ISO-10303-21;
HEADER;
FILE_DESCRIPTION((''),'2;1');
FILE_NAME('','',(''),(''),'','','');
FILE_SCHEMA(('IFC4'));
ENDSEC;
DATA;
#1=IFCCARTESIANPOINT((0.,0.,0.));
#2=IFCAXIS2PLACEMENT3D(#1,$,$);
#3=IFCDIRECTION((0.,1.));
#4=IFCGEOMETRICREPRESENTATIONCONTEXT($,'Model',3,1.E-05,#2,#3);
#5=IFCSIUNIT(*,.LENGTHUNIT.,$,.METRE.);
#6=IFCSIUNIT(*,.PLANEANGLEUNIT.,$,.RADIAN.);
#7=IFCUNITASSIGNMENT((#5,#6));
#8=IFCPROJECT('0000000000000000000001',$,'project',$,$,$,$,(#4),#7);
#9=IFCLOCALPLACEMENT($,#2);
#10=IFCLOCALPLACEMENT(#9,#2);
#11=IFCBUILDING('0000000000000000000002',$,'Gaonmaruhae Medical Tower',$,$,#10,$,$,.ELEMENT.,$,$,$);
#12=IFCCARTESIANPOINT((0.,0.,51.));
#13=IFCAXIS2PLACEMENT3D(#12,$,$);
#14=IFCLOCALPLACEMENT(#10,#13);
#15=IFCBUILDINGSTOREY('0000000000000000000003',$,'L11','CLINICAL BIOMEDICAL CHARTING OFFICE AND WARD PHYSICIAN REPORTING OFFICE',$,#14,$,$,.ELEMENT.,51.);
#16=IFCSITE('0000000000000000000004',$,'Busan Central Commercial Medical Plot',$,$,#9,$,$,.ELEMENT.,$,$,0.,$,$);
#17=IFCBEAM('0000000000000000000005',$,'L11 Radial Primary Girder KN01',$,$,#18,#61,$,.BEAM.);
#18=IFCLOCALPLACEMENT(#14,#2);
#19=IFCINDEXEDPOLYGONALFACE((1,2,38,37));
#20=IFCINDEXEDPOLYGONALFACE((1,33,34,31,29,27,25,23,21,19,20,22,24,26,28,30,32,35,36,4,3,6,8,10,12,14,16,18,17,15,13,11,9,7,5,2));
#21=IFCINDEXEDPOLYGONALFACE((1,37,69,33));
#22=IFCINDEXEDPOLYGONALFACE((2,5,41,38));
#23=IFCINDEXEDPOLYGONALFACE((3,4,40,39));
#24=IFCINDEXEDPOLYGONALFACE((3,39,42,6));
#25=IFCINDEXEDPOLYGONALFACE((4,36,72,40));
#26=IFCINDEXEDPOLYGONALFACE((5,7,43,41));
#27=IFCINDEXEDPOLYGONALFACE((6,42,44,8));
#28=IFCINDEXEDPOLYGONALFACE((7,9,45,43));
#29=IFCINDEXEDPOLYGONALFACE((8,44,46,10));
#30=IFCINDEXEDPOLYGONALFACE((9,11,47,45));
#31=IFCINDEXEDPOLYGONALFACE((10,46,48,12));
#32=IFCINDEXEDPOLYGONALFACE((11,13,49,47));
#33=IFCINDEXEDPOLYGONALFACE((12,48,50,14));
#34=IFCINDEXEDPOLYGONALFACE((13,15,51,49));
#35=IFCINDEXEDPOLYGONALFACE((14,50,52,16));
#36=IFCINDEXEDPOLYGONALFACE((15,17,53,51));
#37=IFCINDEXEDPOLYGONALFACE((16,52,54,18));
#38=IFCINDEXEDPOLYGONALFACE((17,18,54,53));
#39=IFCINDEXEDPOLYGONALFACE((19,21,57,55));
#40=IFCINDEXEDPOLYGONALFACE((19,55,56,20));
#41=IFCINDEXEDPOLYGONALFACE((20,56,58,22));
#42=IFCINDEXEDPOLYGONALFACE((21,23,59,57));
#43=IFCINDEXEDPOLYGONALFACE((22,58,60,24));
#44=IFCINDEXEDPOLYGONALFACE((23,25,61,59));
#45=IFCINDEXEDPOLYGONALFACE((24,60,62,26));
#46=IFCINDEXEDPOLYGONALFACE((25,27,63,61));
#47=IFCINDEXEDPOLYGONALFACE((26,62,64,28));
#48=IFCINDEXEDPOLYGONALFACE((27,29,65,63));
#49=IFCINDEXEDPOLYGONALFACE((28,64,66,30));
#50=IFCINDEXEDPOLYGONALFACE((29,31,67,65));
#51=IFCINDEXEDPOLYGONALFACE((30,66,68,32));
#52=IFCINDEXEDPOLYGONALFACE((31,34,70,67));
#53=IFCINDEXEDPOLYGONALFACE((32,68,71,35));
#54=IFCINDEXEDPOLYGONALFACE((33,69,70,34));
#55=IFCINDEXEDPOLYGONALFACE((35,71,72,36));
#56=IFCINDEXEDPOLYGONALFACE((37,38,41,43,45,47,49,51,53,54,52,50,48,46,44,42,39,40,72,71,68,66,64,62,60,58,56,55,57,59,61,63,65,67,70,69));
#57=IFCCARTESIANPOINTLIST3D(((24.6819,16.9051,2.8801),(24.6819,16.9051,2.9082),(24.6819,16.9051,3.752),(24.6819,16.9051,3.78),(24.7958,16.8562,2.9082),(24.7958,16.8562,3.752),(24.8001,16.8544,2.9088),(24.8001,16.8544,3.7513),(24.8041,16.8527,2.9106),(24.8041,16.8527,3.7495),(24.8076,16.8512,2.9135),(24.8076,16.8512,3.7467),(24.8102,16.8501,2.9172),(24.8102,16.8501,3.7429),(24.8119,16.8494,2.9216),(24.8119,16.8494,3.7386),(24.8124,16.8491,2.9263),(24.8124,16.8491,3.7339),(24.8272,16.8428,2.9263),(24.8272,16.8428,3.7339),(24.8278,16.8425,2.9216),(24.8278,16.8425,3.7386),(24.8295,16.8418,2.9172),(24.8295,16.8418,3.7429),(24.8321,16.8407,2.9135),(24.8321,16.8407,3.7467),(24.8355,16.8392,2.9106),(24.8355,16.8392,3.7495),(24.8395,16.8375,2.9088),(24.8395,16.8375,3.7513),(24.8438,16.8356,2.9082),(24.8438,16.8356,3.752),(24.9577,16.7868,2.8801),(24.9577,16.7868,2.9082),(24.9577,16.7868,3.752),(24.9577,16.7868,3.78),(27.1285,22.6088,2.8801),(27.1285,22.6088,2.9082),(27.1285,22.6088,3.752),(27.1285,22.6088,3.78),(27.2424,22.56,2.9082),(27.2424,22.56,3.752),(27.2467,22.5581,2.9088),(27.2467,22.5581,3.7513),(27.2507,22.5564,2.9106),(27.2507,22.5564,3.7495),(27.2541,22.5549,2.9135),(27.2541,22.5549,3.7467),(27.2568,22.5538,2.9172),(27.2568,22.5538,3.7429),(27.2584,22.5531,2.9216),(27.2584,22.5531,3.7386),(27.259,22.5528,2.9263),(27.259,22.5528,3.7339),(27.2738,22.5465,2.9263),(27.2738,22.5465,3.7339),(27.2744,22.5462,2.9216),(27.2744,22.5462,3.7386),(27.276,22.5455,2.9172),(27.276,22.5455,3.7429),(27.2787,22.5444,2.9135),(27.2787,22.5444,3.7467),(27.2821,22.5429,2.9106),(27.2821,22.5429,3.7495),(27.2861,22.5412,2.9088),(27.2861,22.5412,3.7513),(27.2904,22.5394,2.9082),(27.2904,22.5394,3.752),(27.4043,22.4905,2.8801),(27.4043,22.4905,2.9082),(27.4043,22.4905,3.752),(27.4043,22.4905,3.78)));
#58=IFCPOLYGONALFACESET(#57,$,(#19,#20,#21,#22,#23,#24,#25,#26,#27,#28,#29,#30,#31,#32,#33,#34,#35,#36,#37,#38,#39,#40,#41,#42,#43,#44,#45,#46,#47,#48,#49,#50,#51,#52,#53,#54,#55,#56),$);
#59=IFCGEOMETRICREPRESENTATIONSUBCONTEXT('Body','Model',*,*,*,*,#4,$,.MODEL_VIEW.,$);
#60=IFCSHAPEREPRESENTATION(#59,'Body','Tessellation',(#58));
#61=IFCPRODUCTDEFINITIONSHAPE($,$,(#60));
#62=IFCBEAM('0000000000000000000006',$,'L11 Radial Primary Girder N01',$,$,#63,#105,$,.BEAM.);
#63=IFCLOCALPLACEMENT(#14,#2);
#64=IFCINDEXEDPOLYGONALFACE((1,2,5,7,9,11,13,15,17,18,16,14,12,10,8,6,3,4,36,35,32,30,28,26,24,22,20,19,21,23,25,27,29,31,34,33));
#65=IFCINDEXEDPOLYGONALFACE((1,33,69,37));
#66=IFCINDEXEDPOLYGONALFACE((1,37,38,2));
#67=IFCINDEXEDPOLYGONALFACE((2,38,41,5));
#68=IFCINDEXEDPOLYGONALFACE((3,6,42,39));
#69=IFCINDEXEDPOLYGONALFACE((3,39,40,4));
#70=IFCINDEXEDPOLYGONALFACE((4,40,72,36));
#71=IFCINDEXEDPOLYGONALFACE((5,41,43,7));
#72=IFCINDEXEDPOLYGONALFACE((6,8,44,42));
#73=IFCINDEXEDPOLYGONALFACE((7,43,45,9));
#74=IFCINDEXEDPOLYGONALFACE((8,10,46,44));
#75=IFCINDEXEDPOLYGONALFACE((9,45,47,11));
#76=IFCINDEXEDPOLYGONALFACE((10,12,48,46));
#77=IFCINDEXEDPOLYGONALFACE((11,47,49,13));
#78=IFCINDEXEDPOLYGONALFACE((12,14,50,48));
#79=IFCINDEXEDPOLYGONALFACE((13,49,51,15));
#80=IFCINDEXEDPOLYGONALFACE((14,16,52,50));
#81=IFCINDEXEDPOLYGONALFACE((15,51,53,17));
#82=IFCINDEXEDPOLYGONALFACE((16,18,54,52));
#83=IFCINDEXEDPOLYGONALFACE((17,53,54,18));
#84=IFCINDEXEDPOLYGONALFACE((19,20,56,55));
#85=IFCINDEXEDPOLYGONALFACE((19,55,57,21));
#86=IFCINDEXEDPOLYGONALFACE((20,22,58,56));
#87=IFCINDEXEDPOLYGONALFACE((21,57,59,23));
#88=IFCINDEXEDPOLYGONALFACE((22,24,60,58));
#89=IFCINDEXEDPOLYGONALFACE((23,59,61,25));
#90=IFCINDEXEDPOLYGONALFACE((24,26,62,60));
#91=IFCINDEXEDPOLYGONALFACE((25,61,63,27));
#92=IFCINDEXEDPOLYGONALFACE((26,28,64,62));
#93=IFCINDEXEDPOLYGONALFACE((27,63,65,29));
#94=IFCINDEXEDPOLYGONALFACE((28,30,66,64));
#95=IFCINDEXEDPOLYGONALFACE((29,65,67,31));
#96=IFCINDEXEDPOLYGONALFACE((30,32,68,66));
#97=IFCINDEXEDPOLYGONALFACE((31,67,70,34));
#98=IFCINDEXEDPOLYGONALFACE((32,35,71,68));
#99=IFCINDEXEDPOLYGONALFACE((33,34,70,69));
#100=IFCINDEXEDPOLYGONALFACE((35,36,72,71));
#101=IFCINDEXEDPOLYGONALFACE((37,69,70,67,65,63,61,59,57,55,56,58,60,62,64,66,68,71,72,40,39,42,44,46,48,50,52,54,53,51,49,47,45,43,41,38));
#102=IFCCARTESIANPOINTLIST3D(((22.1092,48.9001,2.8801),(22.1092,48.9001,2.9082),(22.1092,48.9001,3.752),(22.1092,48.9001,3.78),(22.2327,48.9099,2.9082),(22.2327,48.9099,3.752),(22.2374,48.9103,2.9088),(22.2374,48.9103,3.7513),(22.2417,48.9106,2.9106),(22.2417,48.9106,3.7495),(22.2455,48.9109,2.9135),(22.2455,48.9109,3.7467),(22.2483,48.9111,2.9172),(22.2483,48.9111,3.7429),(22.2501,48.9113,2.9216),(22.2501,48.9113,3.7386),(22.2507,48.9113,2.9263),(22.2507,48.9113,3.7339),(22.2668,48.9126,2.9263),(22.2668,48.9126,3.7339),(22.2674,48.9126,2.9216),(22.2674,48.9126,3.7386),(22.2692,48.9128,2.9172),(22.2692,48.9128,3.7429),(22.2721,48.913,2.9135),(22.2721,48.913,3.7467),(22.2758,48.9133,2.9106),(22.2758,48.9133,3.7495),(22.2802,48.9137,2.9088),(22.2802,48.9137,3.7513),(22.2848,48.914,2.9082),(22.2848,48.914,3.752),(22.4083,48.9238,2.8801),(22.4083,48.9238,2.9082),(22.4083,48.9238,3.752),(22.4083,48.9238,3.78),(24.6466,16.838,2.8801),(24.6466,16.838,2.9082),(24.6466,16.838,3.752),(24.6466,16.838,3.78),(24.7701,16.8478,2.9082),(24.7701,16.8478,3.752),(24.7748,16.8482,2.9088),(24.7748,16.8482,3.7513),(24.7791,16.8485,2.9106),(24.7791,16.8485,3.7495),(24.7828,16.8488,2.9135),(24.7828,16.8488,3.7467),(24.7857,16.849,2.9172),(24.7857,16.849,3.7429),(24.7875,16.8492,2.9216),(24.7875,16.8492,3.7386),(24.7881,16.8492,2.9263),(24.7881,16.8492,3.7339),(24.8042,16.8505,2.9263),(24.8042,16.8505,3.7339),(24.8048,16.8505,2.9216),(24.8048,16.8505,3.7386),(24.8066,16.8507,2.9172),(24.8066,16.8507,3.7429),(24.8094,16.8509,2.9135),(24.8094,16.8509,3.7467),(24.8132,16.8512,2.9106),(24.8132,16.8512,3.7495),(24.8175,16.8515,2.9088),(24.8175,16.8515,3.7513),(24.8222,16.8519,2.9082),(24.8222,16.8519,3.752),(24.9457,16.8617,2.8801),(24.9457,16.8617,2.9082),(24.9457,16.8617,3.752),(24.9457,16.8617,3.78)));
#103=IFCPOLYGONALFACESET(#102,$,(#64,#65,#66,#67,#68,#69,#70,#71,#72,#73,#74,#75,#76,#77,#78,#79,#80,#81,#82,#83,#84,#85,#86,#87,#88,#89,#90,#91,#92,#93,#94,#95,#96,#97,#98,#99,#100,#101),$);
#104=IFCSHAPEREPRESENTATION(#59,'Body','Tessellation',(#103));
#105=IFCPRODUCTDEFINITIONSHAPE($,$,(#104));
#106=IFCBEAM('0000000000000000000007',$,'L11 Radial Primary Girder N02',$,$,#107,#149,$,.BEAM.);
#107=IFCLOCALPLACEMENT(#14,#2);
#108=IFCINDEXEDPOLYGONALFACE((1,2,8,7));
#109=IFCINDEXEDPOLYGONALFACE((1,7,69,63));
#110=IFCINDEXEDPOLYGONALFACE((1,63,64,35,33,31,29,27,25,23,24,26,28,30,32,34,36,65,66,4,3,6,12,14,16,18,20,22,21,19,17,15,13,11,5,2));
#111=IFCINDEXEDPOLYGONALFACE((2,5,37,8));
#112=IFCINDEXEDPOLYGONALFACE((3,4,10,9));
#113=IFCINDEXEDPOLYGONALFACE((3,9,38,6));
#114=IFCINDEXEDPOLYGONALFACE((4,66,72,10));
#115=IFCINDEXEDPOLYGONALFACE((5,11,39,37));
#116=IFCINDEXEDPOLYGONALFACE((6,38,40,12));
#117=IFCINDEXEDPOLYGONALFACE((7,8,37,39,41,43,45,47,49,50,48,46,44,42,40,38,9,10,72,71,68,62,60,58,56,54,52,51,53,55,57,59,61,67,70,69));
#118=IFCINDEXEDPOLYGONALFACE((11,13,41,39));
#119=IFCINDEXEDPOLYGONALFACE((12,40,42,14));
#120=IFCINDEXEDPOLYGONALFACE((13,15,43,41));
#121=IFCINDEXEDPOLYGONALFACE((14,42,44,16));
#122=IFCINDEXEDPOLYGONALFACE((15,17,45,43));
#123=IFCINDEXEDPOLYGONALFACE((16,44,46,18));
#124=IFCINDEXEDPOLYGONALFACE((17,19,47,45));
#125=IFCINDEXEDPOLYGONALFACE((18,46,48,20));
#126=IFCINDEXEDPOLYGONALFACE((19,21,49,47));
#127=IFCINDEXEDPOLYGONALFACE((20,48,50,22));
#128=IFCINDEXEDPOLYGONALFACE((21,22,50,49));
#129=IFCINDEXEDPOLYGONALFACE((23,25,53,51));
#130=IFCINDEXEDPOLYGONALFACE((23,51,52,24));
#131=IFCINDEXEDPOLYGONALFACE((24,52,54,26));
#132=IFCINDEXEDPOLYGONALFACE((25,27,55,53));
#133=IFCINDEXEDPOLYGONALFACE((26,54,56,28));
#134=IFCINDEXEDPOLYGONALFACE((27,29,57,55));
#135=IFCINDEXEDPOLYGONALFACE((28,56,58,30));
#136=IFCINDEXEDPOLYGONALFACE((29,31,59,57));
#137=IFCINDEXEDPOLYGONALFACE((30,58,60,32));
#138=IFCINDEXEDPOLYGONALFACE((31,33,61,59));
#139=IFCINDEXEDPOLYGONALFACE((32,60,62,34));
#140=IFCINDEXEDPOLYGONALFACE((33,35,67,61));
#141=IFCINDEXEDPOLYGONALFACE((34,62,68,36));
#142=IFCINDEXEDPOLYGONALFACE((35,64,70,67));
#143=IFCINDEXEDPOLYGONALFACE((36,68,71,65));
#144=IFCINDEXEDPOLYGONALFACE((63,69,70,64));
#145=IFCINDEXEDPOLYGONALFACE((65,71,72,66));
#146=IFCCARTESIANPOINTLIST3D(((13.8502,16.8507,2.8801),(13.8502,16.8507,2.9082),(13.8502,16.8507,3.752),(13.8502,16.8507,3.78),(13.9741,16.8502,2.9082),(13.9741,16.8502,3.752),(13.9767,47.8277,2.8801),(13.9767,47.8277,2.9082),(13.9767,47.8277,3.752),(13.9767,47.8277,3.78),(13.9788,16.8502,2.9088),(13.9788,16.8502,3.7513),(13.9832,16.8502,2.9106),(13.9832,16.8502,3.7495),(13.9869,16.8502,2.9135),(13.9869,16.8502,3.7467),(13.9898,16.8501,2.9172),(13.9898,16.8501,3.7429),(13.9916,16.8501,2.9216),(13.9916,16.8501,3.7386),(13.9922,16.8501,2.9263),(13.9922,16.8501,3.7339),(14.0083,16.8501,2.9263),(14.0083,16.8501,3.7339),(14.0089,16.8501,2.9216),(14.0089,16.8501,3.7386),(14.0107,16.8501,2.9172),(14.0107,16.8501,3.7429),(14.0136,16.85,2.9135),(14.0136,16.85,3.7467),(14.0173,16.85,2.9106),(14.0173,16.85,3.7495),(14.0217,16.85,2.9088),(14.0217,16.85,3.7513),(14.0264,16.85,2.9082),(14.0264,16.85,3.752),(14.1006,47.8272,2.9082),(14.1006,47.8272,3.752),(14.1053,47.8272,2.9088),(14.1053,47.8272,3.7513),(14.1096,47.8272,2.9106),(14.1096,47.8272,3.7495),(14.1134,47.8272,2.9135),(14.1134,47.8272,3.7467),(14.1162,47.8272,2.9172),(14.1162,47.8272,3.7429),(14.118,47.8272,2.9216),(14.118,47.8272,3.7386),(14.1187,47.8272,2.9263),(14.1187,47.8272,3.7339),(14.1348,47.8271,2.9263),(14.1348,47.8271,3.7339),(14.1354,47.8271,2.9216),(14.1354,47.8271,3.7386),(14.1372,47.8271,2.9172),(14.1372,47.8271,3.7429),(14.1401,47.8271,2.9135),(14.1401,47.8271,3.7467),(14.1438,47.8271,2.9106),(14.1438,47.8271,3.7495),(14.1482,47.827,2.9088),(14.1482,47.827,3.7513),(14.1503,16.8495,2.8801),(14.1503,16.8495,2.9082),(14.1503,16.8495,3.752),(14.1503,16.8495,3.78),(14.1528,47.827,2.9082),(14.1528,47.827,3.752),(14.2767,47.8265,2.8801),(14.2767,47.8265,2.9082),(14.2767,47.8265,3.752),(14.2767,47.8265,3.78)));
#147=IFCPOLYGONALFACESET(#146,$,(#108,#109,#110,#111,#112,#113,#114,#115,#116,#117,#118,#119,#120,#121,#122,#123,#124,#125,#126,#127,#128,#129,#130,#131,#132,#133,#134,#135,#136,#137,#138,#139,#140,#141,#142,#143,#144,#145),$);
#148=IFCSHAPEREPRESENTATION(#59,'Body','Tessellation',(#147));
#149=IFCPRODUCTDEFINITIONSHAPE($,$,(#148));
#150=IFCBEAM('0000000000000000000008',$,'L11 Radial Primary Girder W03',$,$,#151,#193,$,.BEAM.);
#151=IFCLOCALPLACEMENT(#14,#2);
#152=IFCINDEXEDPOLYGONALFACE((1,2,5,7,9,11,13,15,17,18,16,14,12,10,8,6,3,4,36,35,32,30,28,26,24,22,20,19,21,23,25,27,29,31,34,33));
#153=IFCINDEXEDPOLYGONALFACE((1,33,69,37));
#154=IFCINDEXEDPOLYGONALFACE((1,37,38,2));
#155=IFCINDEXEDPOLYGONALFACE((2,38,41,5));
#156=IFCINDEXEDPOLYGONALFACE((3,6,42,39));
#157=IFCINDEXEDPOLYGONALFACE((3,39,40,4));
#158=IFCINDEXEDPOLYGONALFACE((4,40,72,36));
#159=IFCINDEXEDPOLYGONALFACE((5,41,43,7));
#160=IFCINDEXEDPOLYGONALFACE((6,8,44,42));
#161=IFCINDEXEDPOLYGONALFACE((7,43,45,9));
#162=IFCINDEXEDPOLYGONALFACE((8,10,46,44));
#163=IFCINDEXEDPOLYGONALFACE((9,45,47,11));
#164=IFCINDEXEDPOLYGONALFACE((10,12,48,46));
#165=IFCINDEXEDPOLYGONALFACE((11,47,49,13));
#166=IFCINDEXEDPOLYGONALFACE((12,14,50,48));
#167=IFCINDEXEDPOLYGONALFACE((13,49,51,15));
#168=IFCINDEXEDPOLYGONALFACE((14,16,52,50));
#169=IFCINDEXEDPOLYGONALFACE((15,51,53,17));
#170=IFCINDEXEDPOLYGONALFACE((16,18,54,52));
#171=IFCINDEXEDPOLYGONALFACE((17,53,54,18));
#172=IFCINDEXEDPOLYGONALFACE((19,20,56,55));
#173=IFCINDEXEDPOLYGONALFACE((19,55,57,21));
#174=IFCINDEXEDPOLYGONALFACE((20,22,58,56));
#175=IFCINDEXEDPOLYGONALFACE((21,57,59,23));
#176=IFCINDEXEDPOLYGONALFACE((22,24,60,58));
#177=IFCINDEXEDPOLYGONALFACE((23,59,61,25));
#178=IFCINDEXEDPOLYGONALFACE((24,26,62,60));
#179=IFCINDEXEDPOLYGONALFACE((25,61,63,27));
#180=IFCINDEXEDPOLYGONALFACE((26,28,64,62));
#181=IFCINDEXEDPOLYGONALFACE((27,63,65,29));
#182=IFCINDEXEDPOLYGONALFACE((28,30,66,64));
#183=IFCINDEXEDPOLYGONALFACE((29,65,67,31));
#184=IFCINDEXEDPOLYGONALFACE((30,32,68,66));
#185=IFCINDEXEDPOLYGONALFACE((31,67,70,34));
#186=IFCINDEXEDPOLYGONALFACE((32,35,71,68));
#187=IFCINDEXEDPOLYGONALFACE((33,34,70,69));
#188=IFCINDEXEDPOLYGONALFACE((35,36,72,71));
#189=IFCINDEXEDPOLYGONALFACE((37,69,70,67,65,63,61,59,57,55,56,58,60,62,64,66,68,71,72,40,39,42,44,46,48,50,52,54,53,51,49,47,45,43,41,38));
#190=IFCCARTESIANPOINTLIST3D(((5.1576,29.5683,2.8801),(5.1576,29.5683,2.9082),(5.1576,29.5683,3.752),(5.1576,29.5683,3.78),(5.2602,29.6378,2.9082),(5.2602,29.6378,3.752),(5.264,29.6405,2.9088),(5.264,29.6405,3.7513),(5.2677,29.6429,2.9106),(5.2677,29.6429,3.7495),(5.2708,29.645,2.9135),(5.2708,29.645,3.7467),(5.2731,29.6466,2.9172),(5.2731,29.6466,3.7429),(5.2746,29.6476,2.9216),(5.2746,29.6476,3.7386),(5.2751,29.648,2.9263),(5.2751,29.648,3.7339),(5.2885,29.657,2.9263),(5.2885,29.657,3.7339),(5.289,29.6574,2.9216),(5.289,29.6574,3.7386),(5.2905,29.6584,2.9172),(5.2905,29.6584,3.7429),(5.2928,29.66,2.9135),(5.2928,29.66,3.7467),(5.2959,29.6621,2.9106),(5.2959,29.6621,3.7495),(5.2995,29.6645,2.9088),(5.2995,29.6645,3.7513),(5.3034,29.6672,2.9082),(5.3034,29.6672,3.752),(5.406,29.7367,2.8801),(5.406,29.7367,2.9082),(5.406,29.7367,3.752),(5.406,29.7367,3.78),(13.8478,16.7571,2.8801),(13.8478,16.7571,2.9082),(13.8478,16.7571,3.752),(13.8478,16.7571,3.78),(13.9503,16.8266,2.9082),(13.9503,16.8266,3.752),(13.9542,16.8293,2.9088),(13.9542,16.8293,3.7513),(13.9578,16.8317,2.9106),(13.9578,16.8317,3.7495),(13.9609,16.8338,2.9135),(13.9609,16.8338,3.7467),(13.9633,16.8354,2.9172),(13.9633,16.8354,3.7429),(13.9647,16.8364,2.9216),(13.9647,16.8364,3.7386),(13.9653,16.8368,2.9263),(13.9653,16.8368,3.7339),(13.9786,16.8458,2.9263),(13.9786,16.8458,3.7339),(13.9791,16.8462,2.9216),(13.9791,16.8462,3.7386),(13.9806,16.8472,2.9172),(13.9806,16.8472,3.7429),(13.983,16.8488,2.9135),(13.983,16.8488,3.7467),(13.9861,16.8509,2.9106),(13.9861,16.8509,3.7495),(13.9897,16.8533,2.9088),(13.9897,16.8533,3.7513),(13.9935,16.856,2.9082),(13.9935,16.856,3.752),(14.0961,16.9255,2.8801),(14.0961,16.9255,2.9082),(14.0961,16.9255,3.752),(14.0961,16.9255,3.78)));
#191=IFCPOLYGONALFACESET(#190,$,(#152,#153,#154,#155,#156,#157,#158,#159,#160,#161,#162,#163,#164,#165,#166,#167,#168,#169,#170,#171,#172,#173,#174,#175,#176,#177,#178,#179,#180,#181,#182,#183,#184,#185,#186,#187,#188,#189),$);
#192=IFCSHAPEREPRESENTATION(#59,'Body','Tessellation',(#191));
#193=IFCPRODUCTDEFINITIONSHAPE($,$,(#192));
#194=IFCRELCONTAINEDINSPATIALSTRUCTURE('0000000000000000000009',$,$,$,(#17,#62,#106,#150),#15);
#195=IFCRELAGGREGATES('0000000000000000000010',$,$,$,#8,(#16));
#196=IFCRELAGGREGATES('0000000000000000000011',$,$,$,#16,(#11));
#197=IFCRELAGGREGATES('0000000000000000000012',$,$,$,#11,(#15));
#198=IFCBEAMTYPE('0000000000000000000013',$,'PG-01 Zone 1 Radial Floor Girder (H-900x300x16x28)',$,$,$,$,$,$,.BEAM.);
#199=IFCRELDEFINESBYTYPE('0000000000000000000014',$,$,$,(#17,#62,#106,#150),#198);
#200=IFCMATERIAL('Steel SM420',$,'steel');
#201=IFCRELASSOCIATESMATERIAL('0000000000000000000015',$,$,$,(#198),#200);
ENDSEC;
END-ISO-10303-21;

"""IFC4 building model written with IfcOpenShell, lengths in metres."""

from ifc_helpers import new_model, si_unit, direction, frame, origin, origin_2d, place, context, subcontext, project, spatial, i_section, extrude, material, material_profile, profile_set, type_object, element, save


model = new_model("IFC4")

# Units and contexts
model_context = context("Model", 3, precision=1e-05, world=origin(), true_north=direction((0.0, 1.0)))
body_context = subcontext(model_context, "Body", "Model", "MODEL_VIEW")
ifc_project = project(units=[si_unit("LENGTHUNIT", "METRE"), si_unit("PLANEANGLEUNIT", "RADIAN")], contexts=[model_context])

# Site, building, storey
site_placement = place(None, origin())
site = spatial("IfcSite", under=ifc_project, at=site_placement, Name="Busan Central Commercial Medical Plot", CompositionType="ELEMENT", RefElevation=0.0)
building_placement = place(site_placement, origin())
building = spatial("IfcBuilding", under=site, at=building_placement, Name="Gaonmaruhae Medical Tower", CompositionType="ELEMENT")
storey_placement = place(building_placement, frame((0.0, 0.0, 51.0)))
storey = spatial("IfcBuildingStorey", under=building, at=storey_placement, Name="L11", Description="CLINICAL BIOMEDICAL CHARTING OFFICE AND WARD PHYSICIAN REPORTING OFFICE", CompositionType="ELEMENT", Elevation=51.0)

# Beams
ifc_material_1 = material(Name="Steel SM420", Category="steel")
ifc_material_profile_1 = material_profile(ifc_material_1, i_section(OverallWidth=0.3, OverallDepth=0.8999, WebThickness=0.0161, FlangeThickness=0.0281, FilletRadius=0.0181, at=origin_2d()), Name="H-900x300x16x28")
ifc_profile_set_1 = profile_set([ifc_material_profile_1], Name="Steel SM420")
beam_type_1 = type_object("IfcBeamType", Name="PG-01 Zone 1 Radial Floor Girder (H-900x300x16x28)", PredefinedType="BEAM", material=ifc_profile_set_1)
beam_1_placement = place(storey_placement, frame((24.8198, 16.8459, 3.3301), z_axis=(0.394209, 0.919021, 0.0), x_axis=(-0.919021, 0.394209, 0.0)))
element("IfcBeam", 1, at=beam_1_placement, inside=storey, type_object=beam_type_1, Name="L11 Radial Primary Girder KN01", PredefinedType="BEAM", context=body_context, shape_type="SweptSolid", body=[
    extrude(i_section(OverallWidth=0.3, OverallDepth=0.8999, WebThickness=0.0161, FlangeThickness=0.0281, FilletRadius=0.0181, at=origin_2d()), origin(), (0.0, 0.0, 1.0), 6.2063),
])
beam_2_placement = place(storey_placement, frame((24.7961, 16.8499, 3.3301), z_axis=(-0.078892, 0.996883, 0.0), x_axis=(-0.996883, -0.078892, 0.0)))
element("IfcBeam", 2, at=beam_2_placement, inside=storey, type_object=beam_type_1, Name="L11 Radial Primary Girder N01", PredefinedType="BEAM", context=body_context, shape_type="SweptSolid", body=[
    extrude(i_section(OverallWidth=0.3, OverallDepth=0.8999, WebThickness=0.0161, FlangeThickness=0.0281, FilletRadius=0.0181, at=origin_2d()), origin(), (0.0, 0.0, 1.0), 32.1624),
])
beam_3_placement = place(storey_placement, frame((14.0002, 16.8501, 3.3301), z_axis=(0.004082, 0.999992, 0.0), x_axis=(-0.999992, 0.004082, 0.0)))
element("IfcBeam", 3, at=beam_3_placement, inside=storey, type_object=beam_type_1, Name="L11 Radial Primary Girder N02", PredefinedType="BEAM", context=body_context, shape_type="SweptSolid", body=[
    extrude(i_section(OverallWidth=0.3, OverallDepth=0.8999, WebThickness=0.0161, FlangeThickness=0.0281, FilletRadius=0.0181, at=origin_2d()), origin(), (0.0, 0.0, 1.0), 30.9773),
])
beam_4_placement = place(storey_placement, frame((13.9719, 16.8413, 3.3301), z_axis=(-0.561361, 0.827571, 0.0), x_axis=(-0.827571, -0.561361, 0.0)))
element("IfcBeam", 4, at=beam_4_placement, inside=storey, type_object=beam_type_1, Name="L11 Radial Primary Girder W03", PredefinedType="BEAM", context=body_context, shape_type="SweptSolid", body=[
    extrude(i_section(OverallWidth=0.3, OverallDepth=0.8999, WebThickness=0.0161, FlangeThickness=0.0281, FilletRadius=0.0181, at=origin_2d()), origin(), (0.0, 0.0, 1.0), 15.4805),
])

save(model, "model.ifc")
